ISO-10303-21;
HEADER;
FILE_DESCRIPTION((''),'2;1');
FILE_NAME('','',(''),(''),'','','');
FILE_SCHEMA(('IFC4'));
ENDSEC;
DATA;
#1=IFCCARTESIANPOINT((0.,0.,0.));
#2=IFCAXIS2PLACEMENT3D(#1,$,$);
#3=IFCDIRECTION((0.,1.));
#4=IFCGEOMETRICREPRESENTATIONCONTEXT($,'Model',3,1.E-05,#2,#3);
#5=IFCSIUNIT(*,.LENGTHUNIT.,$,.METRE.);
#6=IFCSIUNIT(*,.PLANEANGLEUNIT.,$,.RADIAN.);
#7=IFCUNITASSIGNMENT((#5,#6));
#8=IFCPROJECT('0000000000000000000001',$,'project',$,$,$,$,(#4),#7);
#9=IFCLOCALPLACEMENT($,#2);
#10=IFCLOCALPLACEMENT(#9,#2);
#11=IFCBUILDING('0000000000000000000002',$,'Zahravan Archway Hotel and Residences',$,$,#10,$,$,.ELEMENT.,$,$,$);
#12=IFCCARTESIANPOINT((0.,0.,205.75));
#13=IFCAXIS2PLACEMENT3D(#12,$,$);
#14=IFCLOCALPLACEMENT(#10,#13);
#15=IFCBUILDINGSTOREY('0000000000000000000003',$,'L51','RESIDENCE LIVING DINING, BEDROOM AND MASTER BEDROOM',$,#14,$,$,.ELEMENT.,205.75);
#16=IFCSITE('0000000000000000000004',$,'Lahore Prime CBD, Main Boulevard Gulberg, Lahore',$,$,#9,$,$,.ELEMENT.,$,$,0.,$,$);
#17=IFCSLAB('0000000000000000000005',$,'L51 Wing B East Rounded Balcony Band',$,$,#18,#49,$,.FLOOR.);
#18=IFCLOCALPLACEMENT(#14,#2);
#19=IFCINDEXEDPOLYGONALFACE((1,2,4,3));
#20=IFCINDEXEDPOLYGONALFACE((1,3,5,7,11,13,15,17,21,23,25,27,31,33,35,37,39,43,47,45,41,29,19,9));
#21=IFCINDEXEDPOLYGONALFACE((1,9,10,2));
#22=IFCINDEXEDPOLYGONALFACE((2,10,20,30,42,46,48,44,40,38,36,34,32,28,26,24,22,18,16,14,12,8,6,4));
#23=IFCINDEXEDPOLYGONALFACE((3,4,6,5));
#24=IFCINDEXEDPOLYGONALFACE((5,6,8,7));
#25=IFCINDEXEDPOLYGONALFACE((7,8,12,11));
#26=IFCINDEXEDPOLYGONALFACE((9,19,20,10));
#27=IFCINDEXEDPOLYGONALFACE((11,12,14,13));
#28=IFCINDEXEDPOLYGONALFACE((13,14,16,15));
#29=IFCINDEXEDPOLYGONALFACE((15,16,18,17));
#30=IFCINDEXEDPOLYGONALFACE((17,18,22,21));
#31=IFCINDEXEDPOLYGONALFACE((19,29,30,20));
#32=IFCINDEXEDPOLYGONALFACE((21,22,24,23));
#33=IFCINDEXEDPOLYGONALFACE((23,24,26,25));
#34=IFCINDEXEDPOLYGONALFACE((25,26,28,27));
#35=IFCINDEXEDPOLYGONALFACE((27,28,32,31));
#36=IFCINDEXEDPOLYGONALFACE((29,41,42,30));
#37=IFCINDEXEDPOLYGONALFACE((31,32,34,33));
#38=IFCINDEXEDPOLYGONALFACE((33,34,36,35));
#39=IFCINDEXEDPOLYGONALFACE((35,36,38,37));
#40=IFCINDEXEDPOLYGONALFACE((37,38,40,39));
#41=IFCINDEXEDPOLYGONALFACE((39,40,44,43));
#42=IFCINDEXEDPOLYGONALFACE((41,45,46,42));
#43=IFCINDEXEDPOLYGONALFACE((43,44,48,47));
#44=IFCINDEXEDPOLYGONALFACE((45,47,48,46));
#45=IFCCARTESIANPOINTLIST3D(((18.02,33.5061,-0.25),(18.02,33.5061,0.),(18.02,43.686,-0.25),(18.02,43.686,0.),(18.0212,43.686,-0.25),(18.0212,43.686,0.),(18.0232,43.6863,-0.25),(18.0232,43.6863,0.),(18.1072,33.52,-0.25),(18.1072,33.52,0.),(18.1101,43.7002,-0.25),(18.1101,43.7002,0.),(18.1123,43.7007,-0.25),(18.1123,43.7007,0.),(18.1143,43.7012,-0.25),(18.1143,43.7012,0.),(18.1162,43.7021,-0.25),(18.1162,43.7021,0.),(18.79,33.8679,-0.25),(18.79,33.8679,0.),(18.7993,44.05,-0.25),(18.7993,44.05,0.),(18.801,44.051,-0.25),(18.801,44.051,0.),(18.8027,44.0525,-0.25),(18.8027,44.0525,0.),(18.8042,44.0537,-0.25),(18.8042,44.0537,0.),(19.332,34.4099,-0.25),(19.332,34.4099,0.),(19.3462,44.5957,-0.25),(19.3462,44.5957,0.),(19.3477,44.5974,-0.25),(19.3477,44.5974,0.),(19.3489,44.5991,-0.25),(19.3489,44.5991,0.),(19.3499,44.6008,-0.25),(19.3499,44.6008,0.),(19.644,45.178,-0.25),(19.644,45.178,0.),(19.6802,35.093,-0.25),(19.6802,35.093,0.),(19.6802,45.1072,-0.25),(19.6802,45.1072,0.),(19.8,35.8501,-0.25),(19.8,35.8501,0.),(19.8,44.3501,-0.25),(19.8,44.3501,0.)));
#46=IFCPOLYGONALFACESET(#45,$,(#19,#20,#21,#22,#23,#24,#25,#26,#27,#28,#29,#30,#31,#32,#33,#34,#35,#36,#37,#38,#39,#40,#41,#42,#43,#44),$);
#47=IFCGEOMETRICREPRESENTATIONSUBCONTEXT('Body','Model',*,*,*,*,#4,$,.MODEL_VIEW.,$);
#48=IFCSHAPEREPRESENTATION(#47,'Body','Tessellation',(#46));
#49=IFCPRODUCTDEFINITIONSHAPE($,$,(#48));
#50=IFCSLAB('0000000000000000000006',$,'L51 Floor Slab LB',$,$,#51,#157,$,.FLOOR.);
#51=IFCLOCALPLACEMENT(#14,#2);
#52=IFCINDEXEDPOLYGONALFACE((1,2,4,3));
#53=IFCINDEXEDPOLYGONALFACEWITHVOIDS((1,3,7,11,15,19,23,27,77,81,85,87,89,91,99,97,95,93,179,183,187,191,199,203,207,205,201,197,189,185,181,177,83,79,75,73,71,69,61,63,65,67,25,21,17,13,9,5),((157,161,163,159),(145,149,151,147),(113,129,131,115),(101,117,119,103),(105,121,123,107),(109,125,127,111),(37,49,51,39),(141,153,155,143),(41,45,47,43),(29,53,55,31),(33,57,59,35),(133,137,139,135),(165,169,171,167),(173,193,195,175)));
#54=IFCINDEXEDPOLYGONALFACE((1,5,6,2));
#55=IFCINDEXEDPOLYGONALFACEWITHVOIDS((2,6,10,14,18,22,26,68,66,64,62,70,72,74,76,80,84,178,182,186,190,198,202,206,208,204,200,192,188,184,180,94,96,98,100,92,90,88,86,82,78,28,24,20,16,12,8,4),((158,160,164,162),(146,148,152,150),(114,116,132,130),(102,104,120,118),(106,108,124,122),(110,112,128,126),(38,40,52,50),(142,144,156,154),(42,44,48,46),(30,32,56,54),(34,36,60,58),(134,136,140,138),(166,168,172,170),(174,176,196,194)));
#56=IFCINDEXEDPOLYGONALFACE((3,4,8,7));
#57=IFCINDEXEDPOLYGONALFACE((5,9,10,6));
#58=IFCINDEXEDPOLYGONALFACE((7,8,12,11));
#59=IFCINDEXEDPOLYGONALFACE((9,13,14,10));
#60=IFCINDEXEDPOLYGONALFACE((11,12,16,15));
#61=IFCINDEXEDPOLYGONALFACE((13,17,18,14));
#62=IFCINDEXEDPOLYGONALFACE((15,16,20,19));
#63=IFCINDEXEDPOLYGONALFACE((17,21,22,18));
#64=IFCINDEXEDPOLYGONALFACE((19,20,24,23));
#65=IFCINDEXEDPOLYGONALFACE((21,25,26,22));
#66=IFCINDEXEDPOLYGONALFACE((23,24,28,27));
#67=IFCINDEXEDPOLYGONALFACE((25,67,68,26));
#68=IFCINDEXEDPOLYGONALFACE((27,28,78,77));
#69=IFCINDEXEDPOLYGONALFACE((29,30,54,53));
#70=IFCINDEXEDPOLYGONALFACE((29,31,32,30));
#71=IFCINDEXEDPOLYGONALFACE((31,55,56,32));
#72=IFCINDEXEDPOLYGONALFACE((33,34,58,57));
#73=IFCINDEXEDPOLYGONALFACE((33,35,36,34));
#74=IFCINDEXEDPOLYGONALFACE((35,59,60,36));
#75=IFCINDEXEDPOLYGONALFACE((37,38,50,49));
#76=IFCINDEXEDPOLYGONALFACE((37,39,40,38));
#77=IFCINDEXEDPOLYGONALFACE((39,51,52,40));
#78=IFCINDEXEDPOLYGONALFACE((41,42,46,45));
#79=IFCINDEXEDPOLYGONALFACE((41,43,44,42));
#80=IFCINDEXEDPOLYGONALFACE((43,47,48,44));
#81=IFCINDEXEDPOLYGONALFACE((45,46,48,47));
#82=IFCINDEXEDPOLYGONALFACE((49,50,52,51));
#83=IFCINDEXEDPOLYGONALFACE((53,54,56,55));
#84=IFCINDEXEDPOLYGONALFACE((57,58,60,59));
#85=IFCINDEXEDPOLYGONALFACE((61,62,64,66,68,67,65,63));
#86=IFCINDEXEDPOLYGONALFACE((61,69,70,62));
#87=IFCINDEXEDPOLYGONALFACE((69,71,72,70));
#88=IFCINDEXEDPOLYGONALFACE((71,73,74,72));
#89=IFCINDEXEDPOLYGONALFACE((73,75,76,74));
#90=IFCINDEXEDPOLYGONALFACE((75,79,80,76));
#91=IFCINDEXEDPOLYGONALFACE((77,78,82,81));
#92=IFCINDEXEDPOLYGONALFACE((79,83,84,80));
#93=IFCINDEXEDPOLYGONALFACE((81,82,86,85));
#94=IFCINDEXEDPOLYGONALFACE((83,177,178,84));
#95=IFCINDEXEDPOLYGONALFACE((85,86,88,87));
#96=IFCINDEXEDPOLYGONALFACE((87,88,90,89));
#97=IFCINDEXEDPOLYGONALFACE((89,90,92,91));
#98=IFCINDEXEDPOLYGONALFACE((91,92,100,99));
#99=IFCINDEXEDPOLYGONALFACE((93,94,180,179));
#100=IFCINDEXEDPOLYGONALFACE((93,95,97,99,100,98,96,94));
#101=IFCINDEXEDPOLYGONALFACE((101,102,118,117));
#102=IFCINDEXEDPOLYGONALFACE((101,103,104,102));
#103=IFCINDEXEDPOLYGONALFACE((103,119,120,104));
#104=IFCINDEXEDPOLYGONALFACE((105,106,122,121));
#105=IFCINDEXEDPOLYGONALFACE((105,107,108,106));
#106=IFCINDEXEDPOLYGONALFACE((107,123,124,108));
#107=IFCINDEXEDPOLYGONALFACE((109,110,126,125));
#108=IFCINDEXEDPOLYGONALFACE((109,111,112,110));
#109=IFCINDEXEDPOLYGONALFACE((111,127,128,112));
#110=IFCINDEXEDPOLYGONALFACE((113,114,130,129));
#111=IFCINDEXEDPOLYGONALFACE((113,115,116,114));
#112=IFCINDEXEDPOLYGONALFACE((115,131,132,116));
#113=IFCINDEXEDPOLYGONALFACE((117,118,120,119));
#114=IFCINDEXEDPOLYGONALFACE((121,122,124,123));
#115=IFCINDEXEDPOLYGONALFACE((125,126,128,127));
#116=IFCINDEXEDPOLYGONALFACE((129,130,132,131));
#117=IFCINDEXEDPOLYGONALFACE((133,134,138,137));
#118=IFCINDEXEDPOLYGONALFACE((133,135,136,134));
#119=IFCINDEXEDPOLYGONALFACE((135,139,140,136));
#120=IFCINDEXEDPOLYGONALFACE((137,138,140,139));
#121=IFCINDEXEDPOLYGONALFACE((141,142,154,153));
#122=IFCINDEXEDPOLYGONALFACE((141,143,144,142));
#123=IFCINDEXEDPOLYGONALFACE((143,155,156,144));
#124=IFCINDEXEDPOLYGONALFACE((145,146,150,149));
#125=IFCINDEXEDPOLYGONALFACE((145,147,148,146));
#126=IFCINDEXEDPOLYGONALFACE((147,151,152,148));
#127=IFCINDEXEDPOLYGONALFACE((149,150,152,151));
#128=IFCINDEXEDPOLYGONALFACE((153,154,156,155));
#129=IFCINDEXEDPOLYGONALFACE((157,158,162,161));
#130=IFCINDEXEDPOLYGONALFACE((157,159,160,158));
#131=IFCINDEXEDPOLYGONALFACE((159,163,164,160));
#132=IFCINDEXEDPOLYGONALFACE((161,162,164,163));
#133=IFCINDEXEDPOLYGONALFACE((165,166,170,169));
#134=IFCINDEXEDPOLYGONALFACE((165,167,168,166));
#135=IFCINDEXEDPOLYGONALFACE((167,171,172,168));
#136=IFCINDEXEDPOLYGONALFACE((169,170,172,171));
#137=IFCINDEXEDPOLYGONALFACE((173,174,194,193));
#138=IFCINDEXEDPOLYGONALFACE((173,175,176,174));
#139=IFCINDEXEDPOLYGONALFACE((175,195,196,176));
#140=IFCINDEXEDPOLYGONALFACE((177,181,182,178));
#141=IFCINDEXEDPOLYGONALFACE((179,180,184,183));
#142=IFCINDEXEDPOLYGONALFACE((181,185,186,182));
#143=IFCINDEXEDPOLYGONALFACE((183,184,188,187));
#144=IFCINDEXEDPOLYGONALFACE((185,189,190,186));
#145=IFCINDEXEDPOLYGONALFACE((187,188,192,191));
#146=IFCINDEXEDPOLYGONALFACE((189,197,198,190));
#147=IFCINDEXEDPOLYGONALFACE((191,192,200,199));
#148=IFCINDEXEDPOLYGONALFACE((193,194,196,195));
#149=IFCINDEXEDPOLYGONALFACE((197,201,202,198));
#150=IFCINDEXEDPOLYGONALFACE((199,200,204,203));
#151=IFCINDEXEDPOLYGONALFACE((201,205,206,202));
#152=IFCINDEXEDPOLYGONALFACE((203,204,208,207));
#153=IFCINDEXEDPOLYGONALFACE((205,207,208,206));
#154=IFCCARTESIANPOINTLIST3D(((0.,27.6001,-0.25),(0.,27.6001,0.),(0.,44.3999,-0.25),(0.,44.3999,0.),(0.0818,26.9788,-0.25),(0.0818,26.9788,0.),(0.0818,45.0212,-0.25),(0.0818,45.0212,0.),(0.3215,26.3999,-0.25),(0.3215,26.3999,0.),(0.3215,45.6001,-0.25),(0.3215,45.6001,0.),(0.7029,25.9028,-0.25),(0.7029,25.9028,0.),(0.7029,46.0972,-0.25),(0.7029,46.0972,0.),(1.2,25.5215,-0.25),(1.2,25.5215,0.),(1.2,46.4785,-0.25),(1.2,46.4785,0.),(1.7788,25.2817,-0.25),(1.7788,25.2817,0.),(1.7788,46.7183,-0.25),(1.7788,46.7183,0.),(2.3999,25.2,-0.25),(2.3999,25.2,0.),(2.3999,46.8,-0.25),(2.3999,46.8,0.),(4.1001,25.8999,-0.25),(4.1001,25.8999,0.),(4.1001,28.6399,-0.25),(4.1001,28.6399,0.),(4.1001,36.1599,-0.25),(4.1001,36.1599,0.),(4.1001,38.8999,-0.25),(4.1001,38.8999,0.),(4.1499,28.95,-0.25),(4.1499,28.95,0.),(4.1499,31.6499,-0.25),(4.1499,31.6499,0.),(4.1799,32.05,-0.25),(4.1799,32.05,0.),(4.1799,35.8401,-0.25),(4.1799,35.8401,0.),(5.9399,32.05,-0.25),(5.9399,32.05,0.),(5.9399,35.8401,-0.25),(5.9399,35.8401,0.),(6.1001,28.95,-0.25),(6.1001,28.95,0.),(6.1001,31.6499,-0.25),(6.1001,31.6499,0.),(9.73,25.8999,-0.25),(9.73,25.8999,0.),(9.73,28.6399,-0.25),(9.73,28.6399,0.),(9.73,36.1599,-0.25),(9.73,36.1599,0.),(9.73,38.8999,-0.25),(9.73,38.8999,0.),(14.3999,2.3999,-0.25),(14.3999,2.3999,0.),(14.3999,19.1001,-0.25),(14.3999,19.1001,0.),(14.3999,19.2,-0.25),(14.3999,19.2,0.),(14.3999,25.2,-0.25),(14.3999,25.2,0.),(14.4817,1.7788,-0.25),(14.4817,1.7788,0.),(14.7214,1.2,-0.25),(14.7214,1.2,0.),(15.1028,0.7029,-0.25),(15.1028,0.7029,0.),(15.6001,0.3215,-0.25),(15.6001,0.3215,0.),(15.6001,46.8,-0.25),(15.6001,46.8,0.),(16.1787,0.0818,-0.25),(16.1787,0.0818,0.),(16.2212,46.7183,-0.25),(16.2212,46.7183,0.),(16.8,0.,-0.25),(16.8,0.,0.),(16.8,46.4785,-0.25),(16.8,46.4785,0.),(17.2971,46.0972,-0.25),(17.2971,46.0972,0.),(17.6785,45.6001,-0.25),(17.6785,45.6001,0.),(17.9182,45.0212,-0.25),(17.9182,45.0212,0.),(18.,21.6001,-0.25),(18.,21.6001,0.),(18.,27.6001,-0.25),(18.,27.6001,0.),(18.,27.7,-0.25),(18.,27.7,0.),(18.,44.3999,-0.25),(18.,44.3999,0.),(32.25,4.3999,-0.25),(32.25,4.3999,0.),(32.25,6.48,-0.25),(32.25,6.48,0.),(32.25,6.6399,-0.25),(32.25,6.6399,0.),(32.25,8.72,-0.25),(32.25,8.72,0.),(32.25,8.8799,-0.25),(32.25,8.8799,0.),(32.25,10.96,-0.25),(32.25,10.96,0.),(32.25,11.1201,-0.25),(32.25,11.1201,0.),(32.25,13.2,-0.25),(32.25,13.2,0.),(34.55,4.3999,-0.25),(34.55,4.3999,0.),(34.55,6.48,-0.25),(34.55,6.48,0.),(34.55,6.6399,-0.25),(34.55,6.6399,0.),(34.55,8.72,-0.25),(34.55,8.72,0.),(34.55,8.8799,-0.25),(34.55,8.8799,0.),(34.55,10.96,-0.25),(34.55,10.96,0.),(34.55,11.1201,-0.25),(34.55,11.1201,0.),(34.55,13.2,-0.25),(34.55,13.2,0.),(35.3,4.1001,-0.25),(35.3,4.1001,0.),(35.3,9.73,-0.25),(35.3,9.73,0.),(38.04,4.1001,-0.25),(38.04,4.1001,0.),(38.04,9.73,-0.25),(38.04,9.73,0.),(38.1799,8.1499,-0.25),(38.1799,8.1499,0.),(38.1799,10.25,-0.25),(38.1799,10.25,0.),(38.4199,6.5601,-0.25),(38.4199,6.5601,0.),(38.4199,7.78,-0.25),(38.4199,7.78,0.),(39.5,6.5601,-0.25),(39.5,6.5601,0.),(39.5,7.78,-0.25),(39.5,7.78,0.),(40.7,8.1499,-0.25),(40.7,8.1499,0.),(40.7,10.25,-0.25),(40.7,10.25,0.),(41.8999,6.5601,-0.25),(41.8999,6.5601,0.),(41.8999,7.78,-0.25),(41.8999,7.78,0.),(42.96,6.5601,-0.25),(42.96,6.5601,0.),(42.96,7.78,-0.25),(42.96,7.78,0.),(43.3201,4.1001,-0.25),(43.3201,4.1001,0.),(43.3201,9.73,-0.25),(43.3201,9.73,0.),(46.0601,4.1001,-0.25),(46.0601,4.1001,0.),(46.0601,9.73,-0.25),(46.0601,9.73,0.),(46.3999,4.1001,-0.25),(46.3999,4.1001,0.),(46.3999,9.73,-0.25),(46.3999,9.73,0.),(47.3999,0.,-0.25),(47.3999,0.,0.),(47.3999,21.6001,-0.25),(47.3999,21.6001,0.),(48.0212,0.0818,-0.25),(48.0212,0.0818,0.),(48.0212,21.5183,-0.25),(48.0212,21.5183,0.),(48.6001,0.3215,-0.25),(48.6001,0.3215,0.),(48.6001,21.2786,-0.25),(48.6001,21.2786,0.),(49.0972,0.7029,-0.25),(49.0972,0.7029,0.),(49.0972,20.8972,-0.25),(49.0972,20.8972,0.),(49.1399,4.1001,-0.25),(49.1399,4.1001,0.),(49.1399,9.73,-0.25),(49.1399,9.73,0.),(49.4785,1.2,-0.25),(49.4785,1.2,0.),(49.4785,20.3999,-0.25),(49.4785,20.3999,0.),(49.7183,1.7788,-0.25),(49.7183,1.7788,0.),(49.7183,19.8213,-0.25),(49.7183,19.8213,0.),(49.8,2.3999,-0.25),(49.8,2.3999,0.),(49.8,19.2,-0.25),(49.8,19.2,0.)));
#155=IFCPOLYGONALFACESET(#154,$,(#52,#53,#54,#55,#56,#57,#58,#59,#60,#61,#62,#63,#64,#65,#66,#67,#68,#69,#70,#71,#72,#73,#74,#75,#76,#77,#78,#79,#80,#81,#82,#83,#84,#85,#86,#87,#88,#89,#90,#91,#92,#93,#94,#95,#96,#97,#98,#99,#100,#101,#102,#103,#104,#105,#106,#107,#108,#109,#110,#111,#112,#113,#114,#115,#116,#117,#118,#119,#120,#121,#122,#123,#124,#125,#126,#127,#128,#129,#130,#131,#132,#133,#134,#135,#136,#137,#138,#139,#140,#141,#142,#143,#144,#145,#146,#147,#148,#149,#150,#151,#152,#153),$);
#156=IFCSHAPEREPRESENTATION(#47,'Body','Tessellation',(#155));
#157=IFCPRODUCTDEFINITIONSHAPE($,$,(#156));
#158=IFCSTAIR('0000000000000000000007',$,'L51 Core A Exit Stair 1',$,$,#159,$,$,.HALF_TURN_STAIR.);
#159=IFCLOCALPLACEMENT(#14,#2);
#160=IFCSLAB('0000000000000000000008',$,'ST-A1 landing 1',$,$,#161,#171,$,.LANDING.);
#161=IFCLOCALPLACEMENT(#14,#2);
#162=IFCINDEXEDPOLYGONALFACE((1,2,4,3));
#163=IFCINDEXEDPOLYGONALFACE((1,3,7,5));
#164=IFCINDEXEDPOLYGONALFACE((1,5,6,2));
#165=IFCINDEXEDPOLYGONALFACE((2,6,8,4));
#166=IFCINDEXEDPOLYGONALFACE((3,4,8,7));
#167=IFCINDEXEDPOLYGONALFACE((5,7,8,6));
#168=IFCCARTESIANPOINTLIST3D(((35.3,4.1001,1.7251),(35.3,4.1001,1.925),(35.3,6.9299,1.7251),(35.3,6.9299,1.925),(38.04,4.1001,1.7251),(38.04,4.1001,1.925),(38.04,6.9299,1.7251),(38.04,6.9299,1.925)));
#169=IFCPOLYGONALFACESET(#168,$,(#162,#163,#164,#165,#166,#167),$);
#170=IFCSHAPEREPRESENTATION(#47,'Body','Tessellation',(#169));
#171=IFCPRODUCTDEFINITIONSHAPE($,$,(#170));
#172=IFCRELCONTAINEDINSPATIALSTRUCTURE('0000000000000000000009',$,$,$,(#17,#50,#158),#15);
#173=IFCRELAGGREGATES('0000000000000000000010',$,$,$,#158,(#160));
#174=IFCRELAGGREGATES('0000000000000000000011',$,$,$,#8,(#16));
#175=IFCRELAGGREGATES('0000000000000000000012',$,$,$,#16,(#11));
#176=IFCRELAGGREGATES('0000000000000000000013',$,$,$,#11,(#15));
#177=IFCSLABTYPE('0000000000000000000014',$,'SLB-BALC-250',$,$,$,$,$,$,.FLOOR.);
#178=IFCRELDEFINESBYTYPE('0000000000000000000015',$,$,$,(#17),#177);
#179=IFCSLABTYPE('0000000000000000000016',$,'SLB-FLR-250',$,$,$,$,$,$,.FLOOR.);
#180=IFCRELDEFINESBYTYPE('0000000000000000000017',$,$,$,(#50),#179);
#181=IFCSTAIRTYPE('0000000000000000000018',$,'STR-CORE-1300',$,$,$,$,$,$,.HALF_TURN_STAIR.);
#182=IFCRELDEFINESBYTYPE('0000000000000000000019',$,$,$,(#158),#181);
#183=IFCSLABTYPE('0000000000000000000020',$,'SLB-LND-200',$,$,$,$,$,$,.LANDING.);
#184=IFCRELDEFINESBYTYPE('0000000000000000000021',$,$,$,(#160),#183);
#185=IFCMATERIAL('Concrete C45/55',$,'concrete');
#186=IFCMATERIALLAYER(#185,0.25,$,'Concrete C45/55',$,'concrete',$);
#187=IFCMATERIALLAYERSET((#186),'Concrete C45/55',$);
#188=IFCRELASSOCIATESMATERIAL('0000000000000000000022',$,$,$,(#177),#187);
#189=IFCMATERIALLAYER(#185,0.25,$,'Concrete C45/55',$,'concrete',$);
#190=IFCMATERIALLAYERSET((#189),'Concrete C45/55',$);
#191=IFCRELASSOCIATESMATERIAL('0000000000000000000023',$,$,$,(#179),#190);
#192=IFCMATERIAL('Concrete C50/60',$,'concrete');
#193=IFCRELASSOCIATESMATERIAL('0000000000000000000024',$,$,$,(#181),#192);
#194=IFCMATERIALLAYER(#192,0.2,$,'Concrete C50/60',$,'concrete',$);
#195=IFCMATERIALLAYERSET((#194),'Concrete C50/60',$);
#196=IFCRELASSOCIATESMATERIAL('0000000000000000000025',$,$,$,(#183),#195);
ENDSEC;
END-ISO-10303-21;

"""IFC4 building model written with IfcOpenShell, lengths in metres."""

from ifc_helpers import new_model, si_unit, direction, frame, origin, place, context, subcontext, project, spatial, polyline, outline, extrude, material, layer, layer_set, type_object, element, aggregate, save


model = new_model("IFC4")

# Units and contexts
model_context = context("Model", 3, precision=1e-05, world=origin(), true_north=direction((0.0, 1.0)))
body_context = subcontext(model_context, "Body", "Model", "MODEL_VIEW")
ifc_project = project(units=[si_unit("LENGTHUNIT", "METRE"), si_unit("PLANEANGLEUNIT", "RADIAN")], contexts=[model_context])

# Site, building, storey
site_placement = place(None, origin())
site = spatial("IfcSite", under=ifc_project, at=site_placement, Name="Lahore Prime CBD, Main Boulevard Gulberg, Lahore", CompositionType="ELEMENT", RefElevation=0.0)
building_placement = place(site_placement, origin())
building = spatial("IfcBuilding", under=site, at=building_placement, Name="Zahravan Archway Hotel and Residences", CompositionType="ELEMENT")
storey_placement = place(building_placement, frame((0.0, 0.0, 205.75)))
storey = spatial("IfcBuildingStorey", under=building, at=storey_placement, Name="L51", Description="RESIDENCE LIVING DINING, BEDROOM AND MASTER BEDROOM", CompositionType="ELEMENT", Elevation=205.75)

# Slabs
ifc_material_1 = material(Name="Concrete C45/55", Category="concrete")
ifc_layer_1 = layer(ifc_material_1, 0.25, Name="Concrete C45/55", Category="concrete")
ifc_layer_set_1 = layer_set([ifc_layer_1], Name="Concrete C45/55")
slab_type_1 = type_object("IfcSlabType", Name="SLB-BALC-250", PredefinedType="FLOOR", material=ifc_layer_set_1)
slab_1_placement = place(storey_placement, frame((0.0, 0.0, -0.25)))
element("IfcSlab", 1, at=slab_1_placement, inside=storey, type_object=slab_type_1, Name="L51 Wing B East Rounded Balcony Band", PredefinedType="FLOOR", context=body_context, shape_type="SweptSolid", body=[
    extrude(outline(polyline([(19.6802, 45.1072), (19.8, 44.3501), (19.8, 35.8501), (19.6802, 35.093), (19.332, 34.4099), (18.79, 33.8679), (18.1072, 33.52), (18.02, 33.5061), (18.02, 43.686), (18.0212, 43.686), (18.0232, 43.6863), (18.1101, 43.7002), (18.1123, 43.7007), (18.1143, 43.7012), (18.1162, 43.7021), (18.7993, 44.05), (18.801, 44.051), (18.8027, 44.0525), (18.8042, 44.0537), (19.3462, 44.5957), (19.3477, 44.5974), (19.3489, 44.5991), (19.3499, 44.6008), (19.644, 45.178), (19.6802, 45.1072)])), origin(), (0.0, 0.0, 1.0), 0.25),
])
ifc_layer_2 = layer(ifc_material_1, 0.25, Name="Concrete C45/55", Category="concrete")
ifc_layer_set_2 = layer_set([ifc_layer_2], Name="Concrete C45/55")
slab_type_2 = type_object("IfcSlabType", Name="SLB-FLR-250", PredefinedType="FLOOR", material=ifc_layer_set_2)
slab_2_placement = place(storey_placement, frame((0.0, 0.0, -0.25)))
element("IfcSlab", 2, at=slab_2_placement, inside=storey, type_object=slab_type_2, Name="L51 Floor Slab LB", PredefinedType="FLOOR", context=body_context, shape_type="SweptSolid", body=[
    extrude(outline(polyline([(18.0, 21.6001), (18.0, 27.6001), (18.0, 27.7), (18.0, 44.3999), (17.9182, 45.0212), (17.6785, 45.6001), (17.2971, 46.0972), (16.8, 46.4785), (16.2212, 46.7183), (15.6001, 46.8), (2.3999, 46.8), (1.7788, 46.7183), (1.2, 46.4785), (0.7029, 46.0972), (0.3215, 45.6001), (0.0818, 45.0212), (0.0, 44.3999), (0.0, 27.6001), (0.0818, 26.9788), (0.3215, 26.3999), (0.7029, 25.9028), (1.2, 25.5215), (1.7788, 25.2817), (2.3999, 25.2), (14.3999, 25.2), (14.3999, 19.2), (14.3999, 19.1001), (14.3999, 2.3999), (14.4817, 1.7788), (14.7214, 1.2), (15.1028, 0.7029), (15.6001, 0.3215), (16.1787, 0.0818), (16.8, 0.0), (47.3999, 0.0), (48.0212, 0.0818), (48.6001, 0.3215), (49.0972, 0.7029), (49.4785, 1.2), (49.7183, 1.7788), (49.8, 2.3999), (49.8, 19.2), (49.7183, 19.8213), (49.4785, 20.3999), (49.0972, 20.8972), (48.6001, 21.2786), (48.0212, 21.5183), (47.3999, 21.6001), (18.0, 21.6001)]), holes=[polyline([(35.3, 9.73), (35.3, 4.1001), (38.04, 4.1001), (38.04, 9.73), (35.3, 9.73)]), polyline([(43.3201, 9.73), (43.3201, 4.1001), (46.0601, 4.1001), (46.0601, 9.73), (43.3201, 9.73)]), polyline([(46.3999, 9.73), (46.3999, 4.1001), (49.1399, 4.1001), (49.1399, 9.73), (46.3999, 9.73)]), polyline([(9.73, 28.6399), (4.1001, 28.6399), (4.1001, 25.8999), (9.73, 25.8999), (9.73, 28.6399)]), polyline([(9.73, 38.8999), (4.1001, 38.8999), (4.1001, 36.1599), (9.73, 36.1599), (9.73, 38.8999)]), polyline([(38.1799, 8.1499), (40.7, 8.1499), (40.7, 10.25), (38.1799, 10.25), (38.1799, 8.1499)]), polyline([(4.1499, 28.95), (6.1001, 28.95), (6.1001, 31.6499), (4.1499, 31.6499), (4.1499, 28.95)]), polyline([(32.25, 4.3999), (34.55, 4.3999), (34.55, 6.48), (32.25, 6.48), (32.25, 4.3999)]), polyline([(32.25, 6.6399), (34.55, 6.6399), (34.55, 8.72), (32.25, 8.72), (32.25, 6.6399)]), polyline([(32.25, 8.8799), (34.55, 8.8799), (34.55, 10.96), (32.25, 10.96), (32.25, 8.8799)]), polyline([(32.25, 11.1201), (34.55, 11.1201), (34.55, 13.2), (32.25, 13.2), (32.25, 11.1201)]), polyline([(38.4199, 6.5601), (39.5, 6.5601), (39.5, 7.78), (38.4199, 7.78), (38.4199, 6.5601)]), polyline([(41.8999, 6.5601), (42.96, 6.5601), (42.96, 7.78), (41.8999, 7.78), (41.8999, 6.5601)]), polyline([(4.1799, 32.05), (5.9399, 32.05), (5.9399, 35.8401), (4.1799, 35.8401), (4.1799, 32.05)])]), origin(), (0.0, 0.0, 1.0), 0.25),
])

# Stair, slab
ifc_material_2 = material(Name="Concrete C50/60", Category="concrete")
stair_type = type_object("IfcStairType", Name="STR-CORE-1300", PredefinedType="HALF_TURN_STAIR", material=ifc_material_2)
stair_1_placement = place(storey_placement, origin())
stair_1 = element("IfcStair", 3, at=stair_1_placement, inside=storey, type_object=stair_type, Name="L51 Core A Exit Stair 1", PredefinedType="HALF_TURN_STAIR")
ifc_layer_3 = layer(ifc_material_2, 0.2, Name="Concrete C50/60", Category="concrete")
ifc_layer_set_3 = layer_set([ifc_layer_3], Name="Concrete C50/60")
slab_type_3 = type_object("IfcSlabType", Name="SLB-LND-200", PredefinedType="LANDING", material=ifc_layer_set_3)
slab_3_placement = place(storey_placement, frame((0.0, 0.0, 1.7251)))
slab_3 = element("IfcSlab", 4, at=slab_3_placement, type_object=slab_type_3, Name="ST-A1 landing 1", PredefinedType="LANDING", context=body_context, shape_type="SweptSolid", body=[
    extrude(outline(polyline([(35.3, 6.9299), (35.3, 4.1001), (38.04, 4.1001), (38.04, 6.9299), (35.3, 6.9299)])), origin(), (0.0, 0.0, 1.0), 0.2),
])
aggregate(stair_1, [slab_3])

save(model, "model.ifc")
